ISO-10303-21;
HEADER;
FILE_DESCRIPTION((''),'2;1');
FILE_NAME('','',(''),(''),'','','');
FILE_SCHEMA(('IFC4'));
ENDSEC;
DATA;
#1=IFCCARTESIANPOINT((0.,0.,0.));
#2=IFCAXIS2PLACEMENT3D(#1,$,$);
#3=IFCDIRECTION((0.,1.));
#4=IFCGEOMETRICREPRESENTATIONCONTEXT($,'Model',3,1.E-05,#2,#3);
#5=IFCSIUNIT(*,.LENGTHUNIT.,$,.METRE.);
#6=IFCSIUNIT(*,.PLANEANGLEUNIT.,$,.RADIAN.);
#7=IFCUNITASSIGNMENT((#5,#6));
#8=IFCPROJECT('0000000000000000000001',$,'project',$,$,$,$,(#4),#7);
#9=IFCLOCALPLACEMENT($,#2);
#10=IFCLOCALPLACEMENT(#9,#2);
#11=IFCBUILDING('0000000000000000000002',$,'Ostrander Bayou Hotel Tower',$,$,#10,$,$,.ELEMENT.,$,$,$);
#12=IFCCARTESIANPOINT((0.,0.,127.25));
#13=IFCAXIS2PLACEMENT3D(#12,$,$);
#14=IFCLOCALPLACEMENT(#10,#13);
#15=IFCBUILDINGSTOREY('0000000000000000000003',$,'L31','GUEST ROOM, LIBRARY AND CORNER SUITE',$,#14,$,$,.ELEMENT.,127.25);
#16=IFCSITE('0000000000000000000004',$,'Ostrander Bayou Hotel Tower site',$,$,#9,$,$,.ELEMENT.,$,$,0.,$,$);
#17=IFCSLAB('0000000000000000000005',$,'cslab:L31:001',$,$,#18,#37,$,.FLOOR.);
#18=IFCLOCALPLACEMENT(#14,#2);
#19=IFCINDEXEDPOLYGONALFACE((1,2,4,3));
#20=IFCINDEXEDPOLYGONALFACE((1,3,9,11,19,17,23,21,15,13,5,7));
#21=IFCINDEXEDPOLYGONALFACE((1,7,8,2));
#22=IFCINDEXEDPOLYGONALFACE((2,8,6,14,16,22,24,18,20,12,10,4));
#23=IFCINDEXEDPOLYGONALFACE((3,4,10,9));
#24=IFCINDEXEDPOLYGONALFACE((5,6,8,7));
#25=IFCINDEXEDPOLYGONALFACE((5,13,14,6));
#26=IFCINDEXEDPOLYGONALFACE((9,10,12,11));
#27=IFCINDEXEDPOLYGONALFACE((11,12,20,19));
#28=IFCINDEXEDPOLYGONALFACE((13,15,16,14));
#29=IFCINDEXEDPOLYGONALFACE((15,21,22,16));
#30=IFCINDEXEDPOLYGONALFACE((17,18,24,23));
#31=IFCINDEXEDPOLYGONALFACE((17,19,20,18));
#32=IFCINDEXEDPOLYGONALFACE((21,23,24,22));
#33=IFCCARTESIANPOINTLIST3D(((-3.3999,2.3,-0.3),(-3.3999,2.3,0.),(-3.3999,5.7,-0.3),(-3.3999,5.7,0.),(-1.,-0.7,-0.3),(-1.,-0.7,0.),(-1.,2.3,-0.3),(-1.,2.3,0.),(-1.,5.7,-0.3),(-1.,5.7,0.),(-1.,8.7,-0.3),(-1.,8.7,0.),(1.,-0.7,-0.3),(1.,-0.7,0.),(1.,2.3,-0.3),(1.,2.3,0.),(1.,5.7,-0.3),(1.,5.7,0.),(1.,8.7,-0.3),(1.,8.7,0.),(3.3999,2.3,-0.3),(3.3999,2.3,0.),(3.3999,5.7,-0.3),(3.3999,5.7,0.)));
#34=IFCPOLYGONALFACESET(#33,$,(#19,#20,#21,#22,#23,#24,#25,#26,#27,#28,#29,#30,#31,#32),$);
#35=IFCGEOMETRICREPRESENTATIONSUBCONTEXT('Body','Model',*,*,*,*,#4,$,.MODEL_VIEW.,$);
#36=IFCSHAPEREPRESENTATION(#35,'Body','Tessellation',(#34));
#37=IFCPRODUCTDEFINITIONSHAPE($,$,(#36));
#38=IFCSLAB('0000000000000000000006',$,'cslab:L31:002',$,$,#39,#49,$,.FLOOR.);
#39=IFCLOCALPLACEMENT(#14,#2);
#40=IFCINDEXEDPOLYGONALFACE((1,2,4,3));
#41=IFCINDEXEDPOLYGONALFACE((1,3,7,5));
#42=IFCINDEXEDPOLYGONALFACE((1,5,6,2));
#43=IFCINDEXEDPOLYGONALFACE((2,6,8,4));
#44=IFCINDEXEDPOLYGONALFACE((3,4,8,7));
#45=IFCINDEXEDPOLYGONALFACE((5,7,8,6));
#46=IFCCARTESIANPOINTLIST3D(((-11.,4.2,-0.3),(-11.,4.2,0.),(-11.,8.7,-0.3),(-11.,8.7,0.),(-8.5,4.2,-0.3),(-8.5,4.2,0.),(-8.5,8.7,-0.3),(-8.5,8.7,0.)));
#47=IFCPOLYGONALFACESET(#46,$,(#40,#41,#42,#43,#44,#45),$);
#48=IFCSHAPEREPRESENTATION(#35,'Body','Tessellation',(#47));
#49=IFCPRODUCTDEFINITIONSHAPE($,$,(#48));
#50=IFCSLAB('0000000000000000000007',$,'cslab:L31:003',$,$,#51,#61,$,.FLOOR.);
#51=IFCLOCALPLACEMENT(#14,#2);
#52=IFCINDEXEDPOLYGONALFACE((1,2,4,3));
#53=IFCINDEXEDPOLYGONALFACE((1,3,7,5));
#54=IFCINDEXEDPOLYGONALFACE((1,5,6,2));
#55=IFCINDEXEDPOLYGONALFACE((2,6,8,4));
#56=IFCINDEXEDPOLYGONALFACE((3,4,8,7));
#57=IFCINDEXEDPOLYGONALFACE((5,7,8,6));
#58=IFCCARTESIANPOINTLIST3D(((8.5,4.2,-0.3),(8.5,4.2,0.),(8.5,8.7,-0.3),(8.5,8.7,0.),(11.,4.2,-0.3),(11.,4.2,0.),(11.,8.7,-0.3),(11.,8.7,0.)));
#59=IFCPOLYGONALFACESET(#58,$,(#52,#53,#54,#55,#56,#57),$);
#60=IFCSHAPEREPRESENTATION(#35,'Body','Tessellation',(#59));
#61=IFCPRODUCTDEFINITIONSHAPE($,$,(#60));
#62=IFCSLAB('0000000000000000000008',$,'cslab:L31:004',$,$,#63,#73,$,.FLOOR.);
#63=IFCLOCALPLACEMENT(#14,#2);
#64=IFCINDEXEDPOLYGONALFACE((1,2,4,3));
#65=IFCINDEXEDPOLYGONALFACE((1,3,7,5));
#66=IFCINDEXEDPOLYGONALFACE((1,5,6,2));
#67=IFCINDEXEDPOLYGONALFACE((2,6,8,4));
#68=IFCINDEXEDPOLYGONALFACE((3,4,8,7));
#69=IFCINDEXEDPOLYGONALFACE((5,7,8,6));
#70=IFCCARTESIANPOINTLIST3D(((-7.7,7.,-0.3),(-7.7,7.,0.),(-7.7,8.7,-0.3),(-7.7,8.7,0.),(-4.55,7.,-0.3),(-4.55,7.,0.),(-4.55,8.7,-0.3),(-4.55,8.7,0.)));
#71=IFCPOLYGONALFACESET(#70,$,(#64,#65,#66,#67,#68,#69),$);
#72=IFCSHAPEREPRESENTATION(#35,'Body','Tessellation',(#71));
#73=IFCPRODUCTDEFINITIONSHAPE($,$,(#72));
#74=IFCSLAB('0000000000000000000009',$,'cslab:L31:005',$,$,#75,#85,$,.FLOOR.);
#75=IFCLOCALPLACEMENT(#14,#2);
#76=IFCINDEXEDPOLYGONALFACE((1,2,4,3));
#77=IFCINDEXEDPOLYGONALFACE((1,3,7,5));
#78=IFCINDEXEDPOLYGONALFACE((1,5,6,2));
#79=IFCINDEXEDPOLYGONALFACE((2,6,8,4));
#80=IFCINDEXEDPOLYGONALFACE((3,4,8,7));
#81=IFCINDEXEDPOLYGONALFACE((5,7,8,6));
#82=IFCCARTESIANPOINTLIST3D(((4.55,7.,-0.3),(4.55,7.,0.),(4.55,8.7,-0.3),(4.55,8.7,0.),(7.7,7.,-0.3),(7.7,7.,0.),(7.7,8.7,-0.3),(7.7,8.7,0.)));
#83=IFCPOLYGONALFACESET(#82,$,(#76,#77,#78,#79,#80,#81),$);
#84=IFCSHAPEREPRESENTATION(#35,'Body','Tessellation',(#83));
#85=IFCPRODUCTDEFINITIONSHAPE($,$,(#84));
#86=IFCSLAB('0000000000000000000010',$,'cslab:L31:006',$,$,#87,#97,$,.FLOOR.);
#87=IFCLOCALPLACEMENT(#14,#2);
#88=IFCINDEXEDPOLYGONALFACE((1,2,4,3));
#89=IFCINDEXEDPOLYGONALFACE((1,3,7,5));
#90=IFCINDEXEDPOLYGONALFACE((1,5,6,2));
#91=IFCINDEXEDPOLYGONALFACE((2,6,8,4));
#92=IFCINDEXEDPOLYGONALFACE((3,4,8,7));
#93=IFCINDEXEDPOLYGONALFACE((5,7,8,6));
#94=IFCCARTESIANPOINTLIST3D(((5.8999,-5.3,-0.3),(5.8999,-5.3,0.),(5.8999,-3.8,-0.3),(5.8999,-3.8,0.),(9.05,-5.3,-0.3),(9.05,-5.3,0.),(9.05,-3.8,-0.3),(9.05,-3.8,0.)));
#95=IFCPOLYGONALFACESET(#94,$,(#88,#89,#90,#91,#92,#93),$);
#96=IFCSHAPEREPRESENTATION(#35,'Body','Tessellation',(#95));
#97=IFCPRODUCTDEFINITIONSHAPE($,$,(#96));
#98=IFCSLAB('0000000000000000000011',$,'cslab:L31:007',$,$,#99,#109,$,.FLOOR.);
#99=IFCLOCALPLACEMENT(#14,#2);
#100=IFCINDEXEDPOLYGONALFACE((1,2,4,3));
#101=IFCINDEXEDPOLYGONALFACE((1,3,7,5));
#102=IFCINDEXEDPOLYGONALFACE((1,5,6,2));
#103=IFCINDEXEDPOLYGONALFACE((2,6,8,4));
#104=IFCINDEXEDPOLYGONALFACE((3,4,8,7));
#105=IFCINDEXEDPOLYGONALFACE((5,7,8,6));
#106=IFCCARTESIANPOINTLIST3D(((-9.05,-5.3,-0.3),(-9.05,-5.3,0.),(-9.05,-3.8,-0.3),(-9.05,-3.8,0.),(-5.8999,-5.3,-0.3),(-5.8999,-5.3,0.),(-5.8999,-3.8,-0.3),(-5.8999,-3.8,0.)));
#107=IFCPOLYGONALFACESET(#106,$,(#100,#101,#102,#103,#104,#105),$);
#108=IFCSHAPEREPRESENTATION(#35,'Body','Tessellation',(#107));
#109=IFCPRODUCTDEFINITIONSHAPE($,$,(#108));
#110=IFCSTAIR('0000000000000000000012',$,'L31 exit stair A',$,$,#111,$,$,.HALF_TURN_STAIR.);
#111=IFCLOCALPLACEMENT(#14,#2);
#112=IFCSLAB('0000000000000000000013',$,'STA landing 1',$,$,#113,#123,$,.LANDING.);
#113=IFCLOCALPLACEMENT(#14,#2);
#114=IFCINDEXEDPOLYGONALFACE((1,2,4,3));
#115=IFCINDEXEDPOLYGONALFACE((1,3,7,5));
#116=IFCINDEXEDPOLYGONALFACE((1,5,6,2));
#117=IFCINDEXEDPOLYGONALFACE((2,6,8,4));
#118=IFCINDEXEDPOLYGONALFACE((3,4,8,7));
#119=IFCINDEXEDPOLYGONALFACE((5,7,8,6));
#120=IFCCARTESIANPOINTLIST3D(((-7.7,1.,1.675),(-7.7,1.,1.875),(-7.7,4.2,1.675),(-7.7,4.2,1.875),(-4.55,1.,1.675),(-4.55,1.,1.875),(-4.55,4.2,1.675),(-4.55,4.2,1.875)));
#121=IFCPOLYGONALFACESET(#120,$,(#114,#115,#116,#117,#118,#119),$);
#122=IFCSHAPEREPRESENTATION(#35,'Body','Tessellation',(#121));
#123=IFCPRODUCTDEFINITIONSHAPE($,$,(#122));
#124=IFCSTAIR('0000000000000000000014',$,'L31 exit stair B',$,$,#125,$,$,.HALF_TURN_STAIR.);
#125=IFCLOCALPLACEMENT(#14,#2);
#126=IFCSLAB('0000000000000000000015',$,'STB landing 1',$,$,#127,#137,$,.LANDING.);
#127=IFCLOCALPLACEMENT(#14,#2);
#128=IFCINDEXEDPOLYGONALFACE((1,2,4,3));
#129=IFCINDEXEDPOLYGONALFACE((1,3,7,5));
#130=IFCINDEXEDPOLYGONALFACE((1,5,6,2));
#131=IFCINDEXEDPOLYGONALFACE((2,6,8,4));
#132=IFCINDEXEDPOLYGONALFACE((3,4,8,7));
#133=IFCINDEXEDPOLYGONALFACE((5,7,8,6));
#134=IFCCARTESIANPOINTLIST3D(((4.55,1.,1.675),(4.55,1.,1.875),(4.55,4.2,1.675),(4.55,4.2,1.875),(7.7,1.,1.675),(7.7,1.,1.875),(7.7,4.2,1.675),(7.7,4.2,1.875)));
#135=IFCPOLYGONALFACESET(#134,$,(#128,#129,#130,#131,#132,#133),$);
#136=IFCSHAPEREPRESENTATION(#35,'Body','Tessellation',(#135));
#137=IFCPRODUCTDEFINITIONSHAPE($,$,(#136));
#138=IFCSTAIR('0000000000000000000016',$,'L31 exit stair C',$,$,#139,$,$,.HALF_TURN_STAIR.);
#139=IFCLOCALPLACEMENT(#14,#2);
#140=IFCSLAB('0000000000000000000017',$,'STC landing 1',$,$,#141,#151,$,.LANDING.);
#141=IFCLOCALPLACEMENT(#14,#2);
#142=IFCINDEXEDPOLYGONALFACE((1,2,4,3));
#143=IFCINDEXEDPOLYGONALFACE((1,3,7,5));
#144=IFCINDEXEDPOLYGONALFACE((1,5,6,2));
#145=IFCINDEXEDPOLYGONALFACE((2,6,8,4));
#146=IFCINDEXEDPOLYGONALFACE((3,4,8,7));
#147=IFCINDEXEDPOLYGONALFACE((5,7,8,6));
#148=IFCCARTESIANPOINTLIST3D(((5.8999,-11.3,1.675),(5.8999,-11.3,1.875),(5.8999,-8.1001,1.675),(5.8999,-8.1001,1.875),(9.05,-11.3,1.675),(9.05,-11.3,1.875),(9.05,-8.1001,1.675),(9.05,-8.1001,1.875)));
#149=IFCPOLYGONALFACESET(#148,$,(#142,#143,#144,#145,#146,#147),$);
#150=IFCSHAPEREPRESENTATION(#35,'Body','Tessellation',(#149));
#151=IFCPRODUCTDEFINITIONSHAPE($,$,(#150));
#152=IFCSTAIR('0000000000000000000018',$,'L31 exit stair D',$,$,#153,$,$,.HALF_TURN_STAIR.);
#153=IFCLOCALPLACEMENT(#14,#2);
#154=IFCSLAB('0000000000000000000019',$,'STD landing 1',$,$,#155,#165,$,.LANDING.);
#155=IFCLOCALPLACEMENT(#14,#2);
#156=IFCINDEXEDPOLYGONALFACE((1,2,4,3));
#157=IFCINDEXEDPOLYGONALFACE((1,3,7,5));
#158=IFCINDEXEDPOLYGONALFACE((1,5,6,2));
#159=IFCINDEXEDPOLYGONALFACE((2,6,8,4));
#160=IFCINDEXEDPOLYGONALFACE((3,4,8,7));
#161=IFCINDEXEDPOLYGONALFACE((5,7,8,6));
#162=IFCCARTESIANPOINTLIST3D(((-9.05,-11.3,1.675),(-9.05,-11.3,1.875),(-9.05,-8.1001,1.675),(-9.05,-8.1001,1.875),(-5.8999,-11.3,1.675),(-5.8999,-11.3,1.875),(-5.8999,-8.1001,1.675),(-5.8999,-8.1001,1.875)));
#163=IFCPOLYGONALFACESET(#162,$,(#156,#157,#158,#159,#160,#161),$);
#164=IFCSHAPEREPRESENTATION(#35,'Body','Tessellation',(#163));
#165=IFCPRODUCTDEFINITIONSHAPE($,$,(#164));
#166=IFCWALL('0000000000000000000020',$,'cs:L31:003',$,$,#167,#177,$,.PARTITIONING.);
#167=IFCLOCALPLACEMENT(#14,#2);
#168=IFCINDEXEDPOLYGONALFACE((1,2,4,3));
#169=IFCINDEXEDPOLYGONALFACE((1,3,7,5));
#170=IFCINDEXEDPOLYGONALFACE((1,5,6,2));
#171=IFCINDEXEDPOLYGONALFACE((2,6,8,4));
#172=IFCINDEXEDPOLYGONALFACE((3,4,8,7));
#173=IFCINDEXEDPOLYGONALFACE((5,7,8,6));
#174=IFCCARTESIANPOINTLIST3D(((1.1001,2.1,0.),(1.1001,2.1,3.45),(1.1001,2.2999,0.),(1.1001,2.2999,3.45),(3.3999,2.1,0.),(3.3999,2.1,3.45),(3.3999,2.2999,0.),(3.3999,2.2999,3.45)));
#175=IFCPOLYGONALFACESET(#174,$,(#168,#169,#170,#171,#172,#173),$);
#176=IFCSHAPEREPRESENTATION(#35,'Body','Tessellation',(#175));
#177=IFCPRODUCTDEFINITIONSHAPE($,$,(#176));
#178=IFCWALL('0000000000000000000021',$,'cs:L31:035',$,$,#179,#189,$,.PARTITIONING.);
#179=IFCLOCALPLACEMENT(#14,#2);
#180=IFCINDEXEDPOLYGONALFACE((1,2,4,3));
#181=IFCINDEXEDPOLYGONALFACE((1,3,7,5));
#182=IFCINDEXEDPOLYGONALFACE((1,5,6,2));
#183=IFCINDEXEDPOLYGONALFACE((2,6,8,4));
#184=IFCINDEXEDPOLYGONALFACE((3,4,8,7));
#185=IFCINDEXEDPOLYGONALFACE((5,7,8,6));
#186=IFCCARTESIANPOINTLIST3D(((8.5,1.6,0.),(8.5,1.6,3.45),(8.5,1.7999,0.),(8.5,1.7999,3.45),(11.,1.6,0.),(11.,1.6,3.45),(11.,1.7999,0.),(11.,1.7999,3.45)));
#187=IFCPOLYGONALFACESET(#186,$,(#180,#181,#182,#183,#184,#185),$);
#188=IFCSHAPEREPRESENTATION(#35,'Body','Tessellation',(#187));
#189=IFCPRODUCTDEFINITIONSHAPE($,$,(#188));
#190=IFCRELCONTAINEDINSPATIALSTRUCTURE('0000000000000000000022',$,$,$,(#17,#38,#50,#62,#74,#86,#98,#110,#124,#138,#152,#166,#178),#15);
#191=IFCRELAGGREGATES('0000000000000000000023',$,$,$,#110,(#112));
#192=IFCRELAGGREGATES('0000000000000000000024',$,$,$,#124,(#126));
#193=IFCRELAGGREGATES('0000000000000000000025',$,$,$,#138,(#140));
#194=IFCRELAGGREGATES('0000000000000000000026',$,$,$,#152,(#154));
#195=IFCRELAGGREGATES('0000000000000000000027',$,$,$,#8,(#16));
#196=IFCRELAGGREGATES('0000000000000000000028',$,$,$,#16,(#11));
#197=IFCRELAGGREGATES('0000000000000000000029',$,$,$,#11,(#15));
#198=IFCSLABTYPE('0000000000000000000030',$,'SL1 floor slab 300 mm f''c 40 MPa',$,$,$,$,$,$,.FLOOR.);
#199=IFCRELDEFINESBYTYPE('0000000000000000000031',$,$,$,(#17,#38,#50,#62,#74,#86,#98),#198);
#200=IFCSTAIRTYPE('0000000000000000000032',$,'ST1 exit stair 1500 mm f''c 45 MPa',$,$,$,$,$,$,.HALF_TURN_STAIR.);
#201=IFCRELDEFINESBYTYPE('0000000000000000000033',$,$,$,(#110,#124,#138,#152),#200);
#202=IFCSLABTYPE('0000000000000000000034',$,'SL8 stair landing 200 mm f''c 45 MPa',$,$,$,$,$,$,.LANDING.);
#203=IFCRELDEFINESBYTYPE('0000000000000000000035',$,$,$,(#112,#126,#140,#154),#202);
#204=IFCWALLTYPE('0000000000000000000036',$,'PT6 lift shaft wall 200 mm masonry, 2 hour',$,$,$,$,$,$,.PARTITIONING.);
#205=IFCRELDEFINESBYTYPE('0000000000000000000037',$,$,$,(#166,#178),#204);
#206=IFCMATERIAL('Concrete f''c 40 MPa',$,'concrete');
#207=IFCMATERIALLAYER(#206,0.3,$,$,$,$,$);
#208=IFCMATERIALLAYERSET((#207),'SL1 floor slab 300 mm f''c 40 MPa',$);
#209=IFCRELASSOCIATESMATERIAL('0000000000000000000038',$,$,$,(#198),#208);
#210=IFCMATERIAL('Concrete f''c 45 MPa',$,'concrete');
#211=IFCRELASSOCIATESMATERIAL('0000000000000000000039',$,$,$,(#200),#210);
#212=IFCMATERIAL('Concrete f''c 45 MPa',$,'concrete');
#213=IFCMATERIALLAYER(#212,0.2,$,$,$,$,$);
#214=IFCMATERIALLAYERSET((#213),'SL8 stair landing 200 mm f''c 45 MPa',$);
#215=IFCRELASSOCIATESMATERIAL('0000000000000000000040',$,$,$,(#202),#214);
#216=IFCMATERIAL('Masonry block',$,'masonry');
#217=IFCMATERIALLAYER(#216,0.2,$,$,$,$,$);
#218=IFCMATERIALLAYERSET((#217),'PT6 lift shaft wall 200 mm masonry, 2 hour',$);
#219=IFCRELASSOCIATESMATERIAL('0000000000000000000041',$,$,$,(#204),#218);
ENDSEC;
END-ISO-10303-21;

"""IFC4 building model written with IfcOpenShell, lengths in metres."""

from ifc_helpers import new_model, si_unit, direction, frame, frame_2d, origin, place, context, subcontext, project, spatial, polyline, rectangle, outline, extrude, material, layer, layer_set, type_object, element, aggregate, save


model = new_model("IFC4")

# Units and contexts
model_context = context("Model", 3, precision=1e-05, world=origin(), true_north=direction((0.0, 1.0)))
body_context = subcontext(model_context, "Body", "Model", "MODEL_VIEW")
ifc_project = project(units=[si_unit("LENGTHUNIT", "METRE"), si_unit("PLANEANGLEUNIT", "RADIAN")], contexts=[model_context])

# Site, building, storey
site_placement = place(None, origin())
site = spatial("IfcSite", under=ifc_project, at=site_placement, Name="Ostrander Bayou Hotel Tower site", CompositionType="ELEMENT", RefElevation=0.0)
building_placement = place(site_placement, origin())
building = spatial("IfcBuilding", under=site, at=building_placement, Name="Ostrander Bayou Hotel Tower", CompositionType="ELEMENT")
storey_placement = place(building_placement, frame((0.0, 0.0, 127.25)))
storey = spatial("IfcBuildingStorey", under=building, at=storey_placement, Name="L31", Description="GUEST ROOM, LIBRARY AND CORNER SUITE", CompositionType="ELEMENT", Elevation=127.25)

# Slabs
ifc_material_1 = material(Name="Concrete f'c 40 MPa", Category="concrete")
ifc_layer_1 = layer(ifc_material_1, 0.3)
ifc_layer_set_1 = layer_set([ifc_layer_1], Name="SL1 floor slab 300 mm f'c 40 MPa")
slab_type_1 = type_object("IfcSlabType", Name="SL1 floor slab 300 mm f'c 40 MPa", PredefinedType="FLOOR", material=ifc_layer_set_1)
slab_1_placement = place(storey_placement, frame((0.0, 0.0, -0.3)))
element("IfcSlab", 1, at=slab_1_placement, inside=storey, type_object=slab_type_1, Name="cslab:L31:001", PredefinedType="FLOOR", context=body_context, shape_type="SweptSolid", body=[
    extrude(outline(polyline([(-3.3999, 5.7), (-1.0, 5.7), (-1.0, 8.7), (1.0, 8.7), (1.0, 5.7), (3.3999, 5.7), (3.3999, 2.3), (1.0, 2.3), (1.0, -0.7), (-1.0, -0.7), (-1.0, 2.3), (-3.3999, 2.3), (-3.3999, 5.7)])), origin(), (0.0, 0.0, 1.0), 0.3),
])
slab_2_placement = place(storey_placement, frame((0.0, 0.0, -0.3)))
element("IfcSlab", 2, at=slab_2_placement, inside=storey, type_object=slab_type_1, Name="cslab:L31:002", PredefinedType="FLOOR", context=body_context, shape_type="SweptSolid", body=[
    extrude(outline(polyline([(-8.5, 4.2), (-8.5, 8.7), (-11.0, 8.7), (-11.0, 4.2), (-8.5, 4.2)])), origin(), (0.0, 0.0, 1.0), 0.3),
])
slab_3_placement = place(storey_placement, frame((0.0, 0.0, -0.3)))
element("IfcSlab", 3, at=slab_3_placement, inside=storey, type_object=slab_type_1, Name="cslab:L31:003", PredefinedType="FLOOR", context=body_context, shape_type="SweptSolid", body=[
    extrude(outline(polyline([(11.0, 4.2), (11.0, 8.7), (8.5, 8.7), (8.5, 4.2), (11.0, 4.2)])), origin(), (0.0, 0.0, 1.0), 0.3),
])
slab_4_placement = place(storey_placement, frame((0.0, 0.0, -0.3)))
element("IfcSlab", 4, at=slab_4_placement, inside=storey, type_object=slab_type_1, Name="cslab:L31:004", PredefinedType="FLOOR", context=body_context, shape_type="SweptSolid", body=[
    extrude(outline(polyline([(-4.55, 7.0), (-4.55, 8.7), (-7.7, 8.7), (-7.7, 7.0), (-4.55, 7.0)])), origin(), (0.0, 0.0, 1.0), 0.3),
])
slab_5_placement = place(storey_placement, frame((0.0, 0.0, -0.3)))
element("IfcSlab", 5, at=slab_5_placement, inside=storey, type_object=slab_type_1, Name="cslab:L31:005", PredefinedType="FLOOR", context=body_context, shape_type="SweptSolid", body=[
    extrude(outline(polyline([(7.7, 7.0), (7.7, 8.7), (4.55, 8.7), (4.55, 7.0), (7.7, 7.0)])), origin(), (0.0, 0.0, 1.0), 0.3),
])
slab_6_placement = place(storey_placement, frame((0.0, 0.0, -0.3)))
element("IfcSlab", 6, at=slab_6_placement, inside=storey, type_object=slab_type_1, Name="cslab:L31:006", PredefinedType="FLOOR", context=body_context, shape_type="SweptSolid", body=[
    extrude(outline(polyline([(9.05, -5.3), (9.05, -3.8), (5.8999, -3.8), (5.8999, -5.3), (9.05, -5.3)])), origin(), (0.0, 0.0, 1.0), 0.3),
])
slab_7_placement = place(storey_placement, frame((0.0, 0.0, -0.3)))
element("IfcSlab", 7, at=slab_7_placement, inside=storey, type_object=slab_type_1, Name="cslab:L31:007", PredefinedType="FLOOR", context=body_context, shape_type="SweptSolid", body=[
    extrude(outline(polyline([(-5.8999, -5.3), (-5.8999, -3.8), (-9.05, -3.8), (-9.05, -5.3), (-5.8999, -5.3)])), origin(), (0.0, 0.0, 1.0), 0.3),
])

# Stairs, slabs
ifc_material_2 = material(Name="Concrete f'c 45 MPa", Category="concrete")
stair_type = type_object("IfcStairType", Name="ST1 exit stair 1500 mm f'c 45 MPa", PredefinedType="HALF_TURN_STAIR", material=ifc_material_2)
stair_1_placement = place(storey_placement, origin())
stair_1 = element("IfcStair", 8, at=stair_1_placement, inside=storey, type_object=stair_type, Name="L31 exit stair A", PredefinedType="HALF_TURN_STAIR")
ifc_material_3 = material(Name="Concrete f'c 45 MPa", Category="concrete")
ifc_layer_2 = layer(ifc_material_3, 0.2)
ifc_layer_set_2 = layer_set([ifc_layer_2], Name="SL8 stair landing 200 mm f'c 45 MPa")
slab_type_2 = type_object("IfcSlabType", Name="SL8 stair landing 200 mm f'c 45 MPa", PredefinedType="LANDING", material=ifc_layer_set_2)
slab_8_placement = place(storey_placement, frame((0.0, 0.0, 1.675)))
slab_8 = element("IfcSlab", 9, at=slab_8_placement, type_object=slab_type_2, Name="STA landing 1", PredefinedType="LANDING", context=body_context, shape_type="SweptSolid", body=[
    extrude(outline(polyline([(-7.7, 4.2), (-7.7, 1.0), (-4.55, 1.0), (-4.55, 4.2), (-7.7, 4.2)])), origin(), (0.0, 0.0, 1.0), 0.2),
])
aggregate(stair_1, [slab_8])
stair_2_placement = place(storey_placement, origin())
stair_2 = element("IfcStair", 10, at=stair_2_placement, inside=storey, type_object=stair_type, Name="L31 exit stair B", PredefinedType="HALF_TURN_STAIR")
slab_9_placement = place(storey_placement, frame((0.0, 0.0, 1.675)))
slab_9 = element("IfcSlab", 11, at=slab_9_placement, type_object=slab_type_2, Name="STB landing 1", PredefinedType="LANDING", context=body_context, shape_type="SweptSolid", body=[
    extrude(outline(polyline([(4.55, 4.2), (4.55, 1.0), (7.7, 1.0), (7.7, 4.2), (4.55, 4.2)])), origin(), (0.0, 0.0, 1.0), 0.2),
])
aggregate(stair_2, [slab_9])
stair_3_placement = place(storey_placement, origin())
stair_3 = element("IfcStair", 12, at=stair_3_placement, inside=storey, type_object=stair_type, Name="L31 exit stair C", PredefinedType="HALF_TURN_STAIR")
slab_10_placement = place(storey_placement, frame((0.0, 0.0, 1.675)))
slab_10 = element("IfcSlab", 13, at=slab_10_placement, type_object=slab_type_2, Name="STC landing 1", PredefinedType="LANDING", context=body_context, shape_type="SweptSolid", body=[
    extrude(outline(polyline([(5.8999, -8.1001), (5.8999, -11.3), (9.05, -11.3), (9.05, -8.1001), (5.8999, -8.1001)])), origin(), (0.0, 0.0, 1.0), 0.2),
])
aggregate(stair_3, [slab_10])
stair_4_placement = place(storey_placement, origin())
stair_4 = element("IfcStair", 14, at=stair_4_placement, inside=storey, type_object=stair_type, Name="L31 exit stair D", PredefinedType="HALF_TURN_STAIR")
slab_11_placement = place(storey_placement, frame((0.0, 0.0, 1.675)))
slab_11 = element("IfcSlab", 15, at=slab_11_placement, type_object=slab_type_2, Name="STD landing 1", PredefinedType="LANDING", context=body_context, shape_type="SweptSolid", body=[
    extrude(outline(polyline([(-9.05, -8.1001), (-9.05, -11.3), (-5.8999, -11.3), (-5.8999, -8.1001), (-9.05, -8.1001)])), origin(), (0.0, 0.0, 1.0), 0.2),
])
aggregate(stair_4, [slab_11])

# Walls
ifc_material_4 = material(Name="Masonry block", Category="masonry")
ifc_layer_3 = layer(ifc_material_4, 0.2)
ifc_layer_set_3 = layer_set([ifc_layer_3], Name="PT6 lift shaft wall 200 mm masonry, 2 hour")
wall_type_1 = type_object("IfcWallType", Name="PT6 lift shaft wall 200 mm masonry, 2 hour", PredefinedType="PARTITIONING", material=ifc_layer_set_3)
wall_1_placement = place(storey_placement, frame((1.1001, 2.2, 0.0), z_axis=(0.0, 0.0, 1.0), x_axis=(1.0, 0.0, 0.0)))
element("IfcWall", 16, at=wall_1_placement, inside=storey, type_object=wall_type_1, Name="cs:L31:003", PredefinedType="PARTITIONING", context=body_context, shape_type="SweptSolid", body=[
    extrude(rectangle(XDim=2.2998, YDim=0.2, at=frame_2d((1.1499, 0.0))), origin(), (0.0, 0.0, 1.0), 3.45),
])
wall_2_placement = place(storey_placement, frame((8.5, 1.7, 0.0), z_axis=(0.0, 0.0, 1.0), x_axis=(1.0, 0.0, 0.0)))
element("IfcWall", 17, at=wall_2_placement, inside=storey, type_object=wall_type_1, Name="cs:L31:035", PredefinedType="PARTITIONING", context=body_context, shape_type="SweptSolid", body=[
    extrude(rectangle(XDim=2.5, YDim=0.2, at=frame_2d((1.25, 0.0))), origin(), (0.0, 0.0, 1.0), 3.45),
])

save(model, "model.ifc")
